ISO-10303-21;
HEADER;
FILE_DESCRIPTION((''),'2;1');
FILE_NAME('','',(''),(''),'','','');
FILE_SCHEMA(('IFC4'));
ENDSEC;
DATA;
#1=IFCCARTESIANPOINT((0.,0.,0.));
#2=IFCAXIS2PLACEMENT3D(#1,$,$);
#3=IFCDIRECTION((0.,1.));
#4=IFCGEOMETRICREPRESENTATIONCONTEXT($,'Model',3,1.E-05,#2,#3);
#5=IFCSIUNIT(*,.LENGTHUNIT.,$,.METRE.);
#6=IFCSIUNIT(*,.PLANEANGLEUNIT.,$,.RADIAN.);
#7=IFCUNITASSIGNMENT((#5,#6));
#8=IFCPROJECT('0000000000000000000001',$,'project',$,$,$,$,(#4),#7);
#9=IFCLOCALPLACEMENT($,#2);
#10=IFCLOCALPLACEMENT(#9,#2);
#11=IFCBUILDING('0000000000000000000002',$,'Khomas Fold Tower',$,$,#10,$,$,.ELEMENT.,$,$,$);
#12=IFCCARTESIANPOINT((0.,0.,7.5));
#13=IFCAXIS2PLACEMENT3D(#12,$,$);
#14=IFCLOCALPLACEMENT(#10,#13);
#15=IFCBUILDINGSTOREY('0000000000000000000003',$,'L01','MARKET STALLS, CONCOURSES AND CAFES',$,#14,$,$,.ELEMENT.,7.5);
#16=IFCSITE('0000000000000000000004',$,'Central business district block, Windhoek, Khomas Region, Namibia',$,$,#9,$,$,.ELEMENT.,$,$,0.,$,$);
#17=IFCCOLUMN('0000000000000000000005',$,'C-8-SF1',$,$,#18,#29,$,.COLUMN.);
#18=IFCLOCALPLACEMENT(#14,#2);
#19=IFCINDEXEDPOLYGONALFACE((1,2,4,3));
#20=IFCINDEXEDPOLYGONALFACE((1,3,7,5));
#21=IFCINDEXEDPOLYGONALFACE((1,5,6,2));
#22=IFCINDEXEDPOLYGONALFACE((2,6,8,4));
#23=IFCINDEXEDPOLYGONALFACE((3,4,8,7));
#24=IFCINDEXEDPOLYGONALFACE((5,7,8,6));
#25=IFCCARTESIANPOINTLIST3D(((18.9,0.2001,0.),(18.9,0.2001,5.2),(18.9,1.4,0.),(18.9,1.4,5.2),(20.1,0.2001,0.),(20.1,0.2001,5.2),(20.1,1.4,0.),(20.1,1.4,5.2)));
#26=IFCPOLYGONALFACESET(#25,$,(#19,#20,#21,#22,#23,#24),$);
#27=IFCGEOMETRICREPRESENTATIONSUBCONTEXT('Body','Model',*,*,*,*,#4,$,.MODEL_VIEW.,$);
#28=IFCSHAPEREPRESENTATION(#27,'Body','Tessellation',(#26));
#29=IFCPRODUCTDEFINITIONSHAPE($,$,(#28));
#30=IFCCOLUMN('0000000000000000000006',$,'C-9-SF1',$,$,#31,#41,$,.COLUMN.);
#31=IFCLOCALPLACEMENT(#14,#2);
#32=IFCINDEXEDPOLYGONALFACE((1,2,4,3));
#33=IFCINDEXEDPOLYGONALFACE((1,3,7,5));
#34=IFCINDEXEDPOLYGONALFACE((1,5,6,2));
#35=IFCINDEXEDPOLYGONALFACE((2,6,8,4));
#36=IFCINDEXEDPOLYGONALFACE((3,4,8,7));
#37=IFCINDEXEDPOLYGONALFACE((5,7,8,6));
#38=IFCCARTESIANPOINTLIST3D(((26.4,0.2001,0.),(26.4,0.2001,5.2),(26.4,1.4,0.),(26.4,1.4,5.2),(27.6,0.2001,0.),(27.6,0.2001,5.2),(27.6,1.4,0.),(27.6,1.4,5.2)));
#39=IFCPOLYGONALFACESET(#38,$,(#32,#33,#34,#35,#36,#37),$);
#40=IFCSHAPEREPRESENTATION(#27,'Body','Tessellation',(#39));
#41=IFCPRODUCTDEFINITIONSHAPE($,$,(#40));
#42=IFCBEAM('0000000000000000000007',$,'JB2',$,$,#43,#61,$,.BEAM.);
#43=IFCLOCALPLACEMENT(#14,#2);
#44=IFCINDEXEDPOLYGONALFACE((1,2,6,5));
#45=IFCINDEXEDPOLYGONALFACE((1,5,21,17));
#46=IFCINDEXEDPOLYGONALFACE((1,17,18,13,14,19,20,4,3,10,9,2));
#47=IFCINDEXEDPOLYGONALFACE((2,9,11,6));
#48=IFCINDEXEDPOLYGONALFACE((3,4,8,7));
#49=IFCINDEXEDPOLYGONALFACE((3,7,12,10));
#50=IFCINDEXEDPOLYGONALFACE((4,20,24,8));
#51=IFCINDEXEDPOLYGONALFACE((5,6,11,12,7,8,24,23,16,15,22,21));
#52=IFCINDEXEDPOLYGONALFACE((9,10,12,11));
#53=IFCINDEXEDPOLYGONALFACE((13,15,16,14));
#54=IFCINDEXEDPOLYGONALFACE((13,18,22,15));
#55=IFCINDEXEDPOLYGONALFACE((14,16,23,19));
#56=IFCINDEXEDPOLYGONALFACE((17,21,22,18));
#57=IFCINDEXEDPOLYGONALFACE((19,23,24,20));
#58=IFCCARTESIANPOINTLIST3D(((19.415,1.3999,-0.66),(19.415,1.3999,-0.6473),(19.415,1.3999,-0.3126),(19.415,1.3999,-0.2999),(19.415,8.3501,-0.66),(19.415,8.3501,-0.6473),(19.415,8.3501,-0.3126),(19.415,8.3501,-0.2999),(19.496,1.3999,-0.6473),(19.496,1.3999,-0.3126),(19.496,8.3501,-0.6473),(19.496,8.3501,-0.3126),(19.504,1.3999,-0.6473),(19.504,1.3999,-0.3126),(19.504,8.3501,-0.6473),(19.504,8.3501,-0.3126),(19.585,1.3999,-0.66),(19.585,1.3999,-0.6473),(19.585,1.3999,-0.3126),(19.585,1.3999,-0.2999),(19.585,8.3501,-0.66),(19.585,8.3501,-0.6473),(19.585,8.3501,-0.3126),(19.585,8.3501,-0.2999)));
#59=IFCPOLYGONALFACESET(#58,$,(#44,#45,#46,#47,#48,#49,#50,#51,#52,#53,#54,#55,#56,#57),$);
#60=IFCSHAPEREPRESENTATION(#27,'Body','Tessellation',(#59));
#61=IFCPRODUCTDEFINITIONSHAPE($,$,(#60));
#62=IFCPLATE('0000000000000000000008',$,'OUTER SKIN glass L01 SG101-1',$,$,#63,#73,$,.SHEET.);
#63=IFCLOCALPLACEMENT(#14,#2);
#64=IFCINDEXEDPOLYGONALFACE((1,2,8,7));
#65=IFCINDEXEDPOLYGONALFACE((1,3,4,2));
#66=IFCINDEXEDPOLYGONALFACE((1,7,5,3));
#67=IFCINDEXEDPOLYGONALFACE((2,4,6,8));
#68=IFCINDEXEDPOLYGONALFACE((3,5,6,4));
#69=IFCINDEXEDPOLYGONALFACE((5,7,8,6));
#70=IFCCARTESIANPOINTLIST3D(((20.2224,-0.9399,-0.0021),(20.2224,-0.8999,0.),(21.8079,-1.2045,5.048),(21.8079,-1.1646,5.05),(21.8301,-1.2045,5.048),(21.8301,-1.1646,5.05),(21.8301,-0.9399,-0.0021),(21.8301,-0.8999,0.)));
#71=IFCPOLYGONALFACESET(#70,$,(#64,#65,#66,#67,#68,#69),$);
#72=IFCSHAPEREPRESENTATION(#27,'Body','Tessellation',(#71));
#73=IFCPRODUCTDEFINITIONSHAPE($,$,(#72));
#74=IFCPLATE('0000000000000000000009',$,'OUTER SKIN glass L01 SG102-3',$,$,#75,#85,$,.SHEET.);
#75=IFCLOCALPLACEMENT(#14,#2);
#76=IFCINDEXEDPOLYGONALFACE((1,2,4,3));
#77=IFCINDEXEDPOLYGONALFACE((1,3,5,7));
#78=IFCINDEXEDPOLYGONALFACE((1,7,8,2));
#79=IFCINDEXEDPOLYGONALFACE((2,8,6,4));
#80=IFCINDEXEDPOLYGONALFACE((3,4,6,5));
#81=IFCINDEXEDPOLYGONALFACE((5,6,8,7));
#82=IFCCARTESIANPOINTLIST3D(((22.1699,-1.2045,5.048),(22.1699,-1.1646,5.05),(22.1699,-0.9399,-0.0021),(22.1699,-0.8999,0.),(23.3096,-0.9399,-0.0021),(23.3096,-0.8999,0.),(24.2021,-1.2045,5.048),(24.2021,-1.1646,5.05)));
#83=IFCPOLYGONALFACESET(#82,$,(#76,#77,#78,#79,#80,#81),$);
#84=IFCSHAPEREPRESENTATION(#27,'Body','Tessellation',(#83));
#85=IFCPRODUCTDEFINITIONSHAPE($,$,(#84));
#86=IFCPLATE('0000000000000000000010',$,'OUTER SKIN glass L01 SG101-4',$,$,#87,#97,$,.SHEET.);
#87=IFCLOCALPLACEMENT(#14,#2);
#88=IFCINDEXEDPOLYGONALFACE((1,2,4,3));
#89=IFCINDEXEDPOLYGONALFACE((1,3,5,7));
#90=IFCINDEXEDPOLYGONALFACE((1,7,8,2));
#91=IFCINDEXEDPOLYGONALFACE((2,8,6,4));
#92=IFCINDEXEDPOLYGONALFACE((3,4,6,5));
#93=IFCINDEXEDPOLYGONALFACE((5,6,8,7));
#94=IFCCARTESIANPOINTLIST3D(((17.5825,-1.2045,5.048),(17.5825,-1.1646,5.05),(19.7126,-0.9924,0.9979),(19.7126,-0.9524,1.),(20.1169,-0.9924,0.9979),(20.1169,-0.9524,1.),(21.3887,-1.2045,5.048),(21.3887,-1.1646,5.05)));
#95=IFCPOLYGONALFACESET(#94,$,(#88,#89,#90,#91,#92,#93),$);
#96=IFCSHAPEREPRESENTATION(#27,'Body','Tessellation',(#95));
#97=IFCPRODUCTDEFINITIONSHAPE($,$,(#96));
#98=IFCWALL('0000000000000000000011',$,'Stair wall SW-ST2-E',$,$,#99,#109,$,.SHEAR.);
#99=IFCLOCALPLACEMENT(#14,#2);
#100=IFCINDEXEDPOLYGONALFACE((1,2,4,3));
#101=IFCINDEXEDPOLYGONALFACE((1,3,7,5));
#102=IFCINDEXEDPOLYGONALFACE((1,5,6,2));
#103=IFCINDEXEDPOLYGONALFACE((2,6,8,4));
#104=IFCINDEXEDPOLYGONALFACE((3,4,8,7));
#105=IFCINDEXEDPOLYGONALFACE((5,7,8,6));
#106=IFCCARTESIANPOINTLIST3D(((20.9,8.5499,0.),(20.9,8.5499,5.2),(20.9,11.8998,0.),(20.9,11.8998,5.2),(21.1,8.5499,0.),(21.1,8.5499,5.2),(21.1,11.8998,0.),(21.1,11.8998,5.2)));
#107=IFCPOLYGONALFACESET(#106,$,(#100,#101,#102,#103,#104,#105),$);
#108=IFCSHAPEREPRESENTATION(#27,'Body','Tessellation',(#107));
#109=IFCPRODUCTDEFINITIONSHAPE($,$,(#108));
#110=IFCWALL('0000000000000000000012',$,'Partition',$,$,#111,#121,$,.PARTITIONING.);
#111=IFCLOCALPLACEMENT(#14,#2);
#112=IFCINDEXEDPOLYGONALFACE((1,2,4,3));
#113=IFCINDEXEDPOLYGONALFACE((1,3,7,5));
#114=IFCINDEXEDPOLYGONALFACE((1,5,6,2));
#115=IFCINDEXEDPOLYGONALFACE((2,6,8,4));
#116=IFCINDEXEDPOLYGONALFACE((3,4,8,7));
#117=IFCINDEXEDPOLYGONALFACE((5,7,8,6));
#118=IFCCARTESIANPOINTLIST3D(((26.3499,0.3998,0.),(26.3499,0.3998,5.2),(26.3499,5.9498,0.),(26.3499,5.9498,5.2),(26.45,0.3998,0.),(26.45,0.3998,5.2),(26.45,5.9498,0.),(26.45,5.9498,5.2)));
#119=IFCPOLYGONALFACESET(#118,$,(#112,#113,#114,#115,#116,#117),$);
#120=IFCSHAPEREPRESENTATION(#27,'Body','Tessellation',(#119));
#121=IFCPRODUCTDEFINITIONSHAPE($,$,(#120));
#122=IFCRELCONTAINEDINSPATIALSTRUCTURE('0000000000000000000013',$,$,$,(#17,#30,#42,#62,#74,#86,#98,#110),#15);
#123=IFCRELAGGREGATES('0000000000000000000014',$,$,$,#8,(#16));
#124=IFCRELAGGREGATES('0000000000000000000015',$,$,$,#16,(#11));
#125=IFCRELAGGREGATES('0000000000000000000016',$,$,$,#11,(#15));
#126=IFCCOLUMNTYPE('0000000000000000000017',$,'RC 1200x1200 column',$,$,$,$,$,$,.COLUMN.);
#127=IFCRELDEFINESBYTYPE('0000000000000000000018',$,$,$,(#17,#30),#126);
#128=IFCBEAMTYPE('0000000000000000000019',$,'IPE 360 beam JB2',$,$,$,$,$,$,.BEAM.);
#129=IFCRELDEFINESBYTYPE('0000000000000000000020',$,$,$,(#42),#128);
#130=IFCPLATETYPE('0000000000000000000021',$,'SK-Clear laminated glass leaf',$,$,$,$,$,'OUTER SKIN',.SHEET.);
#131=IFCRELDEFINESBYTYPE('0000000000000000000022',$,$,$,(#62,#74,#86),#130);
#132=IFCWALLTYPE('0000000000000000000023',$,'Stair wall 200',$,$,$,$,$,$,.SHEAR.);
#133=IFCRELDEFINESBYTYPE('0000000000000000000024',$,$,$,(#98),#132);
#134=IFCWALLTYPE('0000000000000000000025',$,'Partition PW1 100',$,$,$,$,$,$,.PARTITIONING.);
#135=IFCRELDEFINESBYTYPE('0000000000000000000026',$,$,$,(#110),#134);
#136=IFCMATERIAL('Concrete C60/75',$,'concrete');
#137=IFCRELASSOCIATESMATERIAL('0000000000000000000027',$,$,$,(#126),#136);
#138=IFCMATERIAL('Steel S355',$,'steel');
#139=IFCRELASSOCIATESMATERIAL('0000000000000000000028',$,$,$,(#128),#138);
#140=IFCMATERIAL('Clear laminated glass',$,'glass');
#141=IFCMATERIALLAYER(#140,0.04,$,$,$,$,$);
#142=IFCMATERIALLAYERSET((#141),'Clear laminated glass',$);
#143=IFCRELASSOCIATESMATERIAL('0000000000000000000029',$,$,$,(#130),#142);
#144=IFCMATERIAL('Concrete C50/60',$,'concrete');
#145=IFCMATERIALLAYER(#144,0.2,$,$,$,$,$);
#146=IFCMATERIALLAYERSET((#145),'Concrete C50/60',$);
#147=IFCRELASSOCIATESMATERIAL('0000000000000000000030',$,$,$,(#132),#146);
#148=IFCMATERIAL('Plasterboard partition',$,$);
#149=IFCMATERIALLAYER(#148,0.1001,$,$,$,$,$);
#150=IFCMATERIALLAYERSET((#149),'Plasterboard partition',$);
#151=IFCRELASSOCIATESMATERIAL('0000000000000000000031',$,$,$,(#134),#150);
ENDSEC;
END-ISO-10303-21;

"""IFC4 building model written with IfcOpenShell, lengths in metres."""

from ifc_helpers import new_model, si_unit, direction, frame, frame_2d, origin, origin_2d, place, context, subcontext, project, spatial, polyline, rectangle, i_section, outline, extrude, source, transform, mapped, material, layer, layer_set, material_profile, profile_set, type_object, element, save


model = new_model("IFC4")

# Units and contexts
model_context = context("Model", 3, precision=1e-05, world=origin(), true_north=direction((0.0, 1.0)))
body_context = subcontext(model_context, "Body", "Model", "MODEL_VIEW")
ifc_project = project(units=[si_unit("LENGTHUNIT", "METRE"), si_unit("PLANEANGLEUNIT", "RADIAN")], contexts=[model_context])

# Site, building, storey
site_placement = place(None, origin())
site = spatial("IfcSite", under=ifc_project, at=site_placement, Name="Central business district block, Windhoek, Khomas Region, Namibia", CompositionType="ELEMENT", RefElevation=0.0)
building_placement = place(site_placement, origin())
building = spatial("IfcBuilding", under=site, at=building_placement, Name="Khomas Fold Tower", CompositionType="ELEMENT")
storey_placement = place(building_placement, frame((0.0, 0.0, 7.5)))
storey = spatial("IfcBuildingStorey", under=building, at=storey_placement, Name="L01", Description="MARKET STALLS, CONCOURSES AND CAFES", CompositionType="ELEMENT", Elevation=7.5)

# Columns
ifc_material_1 = material(Name="Concrete C60/75", Category="concrete")
ifc_material_profile_1 = material_profile(ifc_material_1, rectangle(XDim=1.2, YDim=1.2, at=origin_2d()), Name="RC 1200x1200")
ifc_profile_set_1 = profile_set([ifc_material_profile_1], Name="Concrete C60/75")
column_type = type_object("IfcColumnType", Name="RC 1200x1200 column", PredefinedType="COLUMN", material=ifc_profile_set_1)
shared_shape_1 = source(origin(), body_context, "Body", "SweptSolid", [
    extrude(rectangle(XDim=1.2, YDim=1.2, at=origin_2d()), origin(), (0.0, 0.0, 1.0), 5.2),
])
for number, where, z_axis, x_axis, name in (
    (1, (19.5, 0.8, 0.0), (0.0, 0.0, 1.0), (1.0, 0.0, 0.0), "C-8-SF1"),
    (2, (27.0, 0.8, 0.0), (0.0, 0.0, 1.0), (1.0, 0.0, 0.0), "C-9-SF1"),
):
    element("IfcColumn", number, at=place(storey_placement, frame(where, z_axis=z_axis, x_axis=x_axis)), inside=storey, type_object=column_type, Name=name, PredefinedType="COLUMN", context=body_context, shape_type="MappedRepresentation", body=[
        mapped(shared_shape_1, transform((0.0, 0.0, 0.0))),
    ])

# Beam
ifc_material_2 = material(Name="Steel S355", Category="steel")
ifc_material_profile_2 = material_profile(ifc_material_2, i_section(OverallWidth=0.1699, OverallDepth=0.3601, WebThickness=0.0081, FlangeThickness=0.0127, at=origin_2d()), Name="IPE 360")
ifc_profile_set_2 = profile_set([ifc_material_profile_2], Name="Steel S355")
beam_type = type_object("IfcBeamType", Name="IPE 360 beam JB2", PredefinedType="BEAM", material=ifc_profile_set_2)
shared_shape_2 = source(origin(), body_context, "Body", "SweptSolid", [
    extrude(i_section(OverallWidth=0.1699, OverallDepth=0.3601, WebThickness=0.0081, FlangeThickness=0.0127, at=origin_2d()), origin(), (0.0, 0.0, 1.0), 6.9502),
])
beam_placement = place(storey_placement, frame((19.5, 1.3999, -0.48), z_axis=(0.0, 1.0, 0.0), x_axis=(-1.0, 0.0, 0.0)))
element("IfcBeam", 3, at=beam_placement, inside=storey, type_object=beam_type, Name="JB2", PredefinedType="BEAM", context=body_context, shape_type="MappedRepresentation", body=[
    mapped(shared_shape_2, transform((0.0, 0.0, 0.0))),
])

# Plates
ifc_material_3 = material(Name="Clear laminated glass", Category="glass")
ifc_layer_1 = layer(ifc_material_3, 0.04)
ifc_layer_set_1 = layer_set([ifc_layer_1], Name="Clear laminated glass")
plate_type = type_object("IfcPlateType", Name="SK-Clear laminated glass leaf", ElementType="OUTER SKIN", PredefinedType="SHEET", material=ifc_layer_set_1)
plate_1_placement = place(storey_placement, frame((21.8079, -1.1646, 5.05), z_axis=(0.0, 0.99863, 0.052333), x_axis=(1.0, 0.0, 0.0)))
element("IfcPlate", 4, at=plate_1_placement, inside=storey, type_object=plate_type, Name="OUTER SKIN glass L01 SG101-1", PredefinedType="SHEET", context=body_context, shape_type="SweptSolid", body=[
    extrude(outline(polyline([(0.0, 0.0), (0.0222, 0.0), (0.0222, 5.057), (-1.5854, 5.057), (0.0, 0.0)])), origin(), (0.0, 0.0, -1.0), 0.04),
])
plate_2_placement = place(storey_placement, frame((24.2021, -1.1646, 5.05), z_axis=(0.0, 0.99863, 0.052333), x_axis=(-0.173817, 0.051537, -0.983428)))
element("IfcPlate", 5, at=plate_2_placement, inside=storey, type_object=plate_type, Name="OUTER SKIN glass L01 SG102-3", PredefinedType="SHEET", context=body_context, shape_type="SweptSolid", body=[
    extrude(outline(polyline([(0.0, 0.0), (5.1351, 0.0), (5.3332, 1.1223), (0.3532, 2.0013), (0.0, 0.0)])), origin(), (0.0, 0.0, -1.0), 0.04),
])
plate_3_placement = place(storey_placement, frame((17.5825, -1.1646, 5.05), z_axis=(0.0, 0.998631, 0.052312), x_axis=(1.0, 0.0, 0.0)))
element("IfcPlate", 6, at=plate_3_placement, inside=storey, type_object=plate_type, Name="OUTER SKIN glass L01 SG101-4", PredefinedType="SHEET", context=body_context, shape_type="SweptSolid", body=[
    extrude(outline(polyline([(0.0, 0.0), (3.8062, 0.0), (2.5344, 4.0556), (2.1301, 4.0556), (0.0, 0.0)])), origin(), (0.0, 0.0, -1.0), 0.04),
])

# Walls
ifc_material_4 = material(Name="Concrete C50/60", Category="concrete")
ifc_layer_2 = layer(ifc_material_4, 0.2)
ifc_layer_set_2 = layer_set([ifc_layer_2], Name="Concrete C50/60")
wall_type_1 = type_object("IfcWallType", Name="Stair wall 200", PredefinedType="SHEAR", material=ifc_layer_set_2)
shared_shape_3 = source(origin(), body_context, "Body", "SweptSolid", [
    extrude(rectangle(XDim=3.3499, YDim=0.2, at=frame_2d((1.6748, 0.0))), origin(), (0.0, 0.0, 1.0), 5.2),
])
wall_1_placement = place(storey_placement, frame((21.0, 8.55, 0.0), z_axis=(0.0, 0.0, 1.0), x_axis=(0.0, 1.0, 0.0)))
element("IfcWall", 7, at=wall_1_placement, inside=storey, type_object=wall_type_1, Name="Stair wall SW-ST2-E", PredefinedType="SHEAR", context=body_context, shape_type="MappedRepresentation", body=[
    mapped(shared_shape_3, transform((0.0, 0.0, 0.0))),
])
ifc_material_5 = material(Name="Plasterboard partition")
ifc_layer_3 = layer(ifc_material_5, 0.1001)
ifc_layer_set_3 = layer_set([ifc_layer_3], Name="Plasterboard partition")
wall_type_2 = type_object("IfcWallType", Name="Partition PW1 100", PredefinedType="PARTITIONING", material=ifc_layer_set_3)
shared_shape_4 = source(origin(), body_context, "Body", "SweptSolid", [
    extrude(rectangle(XDim=5.55, YDim=0.1001, at=frame_2d((2.7749, 0.0))), origin(), (0.0, 0.0, 1.0), 5.2),
])
wall_2_placement = place(storey_placement, frame((26.3999, 0.3999, 0.0), z_axis=(0.0, 0.0, 1.0), x_axis=(0.0, 1.0, 0.0)))
element("IfcWall", 8, at=wall_2_placement, inside=storey, type_object=wall_type_2, Name="Partition", PredefinedType="PARTITIONING", context=body_context, shape_type="MappedRepresentation", body=[
    mapped(shared_shape_4, transform((0.0, 0.0, 0.0))),
])

save(model, "model.ifc")
